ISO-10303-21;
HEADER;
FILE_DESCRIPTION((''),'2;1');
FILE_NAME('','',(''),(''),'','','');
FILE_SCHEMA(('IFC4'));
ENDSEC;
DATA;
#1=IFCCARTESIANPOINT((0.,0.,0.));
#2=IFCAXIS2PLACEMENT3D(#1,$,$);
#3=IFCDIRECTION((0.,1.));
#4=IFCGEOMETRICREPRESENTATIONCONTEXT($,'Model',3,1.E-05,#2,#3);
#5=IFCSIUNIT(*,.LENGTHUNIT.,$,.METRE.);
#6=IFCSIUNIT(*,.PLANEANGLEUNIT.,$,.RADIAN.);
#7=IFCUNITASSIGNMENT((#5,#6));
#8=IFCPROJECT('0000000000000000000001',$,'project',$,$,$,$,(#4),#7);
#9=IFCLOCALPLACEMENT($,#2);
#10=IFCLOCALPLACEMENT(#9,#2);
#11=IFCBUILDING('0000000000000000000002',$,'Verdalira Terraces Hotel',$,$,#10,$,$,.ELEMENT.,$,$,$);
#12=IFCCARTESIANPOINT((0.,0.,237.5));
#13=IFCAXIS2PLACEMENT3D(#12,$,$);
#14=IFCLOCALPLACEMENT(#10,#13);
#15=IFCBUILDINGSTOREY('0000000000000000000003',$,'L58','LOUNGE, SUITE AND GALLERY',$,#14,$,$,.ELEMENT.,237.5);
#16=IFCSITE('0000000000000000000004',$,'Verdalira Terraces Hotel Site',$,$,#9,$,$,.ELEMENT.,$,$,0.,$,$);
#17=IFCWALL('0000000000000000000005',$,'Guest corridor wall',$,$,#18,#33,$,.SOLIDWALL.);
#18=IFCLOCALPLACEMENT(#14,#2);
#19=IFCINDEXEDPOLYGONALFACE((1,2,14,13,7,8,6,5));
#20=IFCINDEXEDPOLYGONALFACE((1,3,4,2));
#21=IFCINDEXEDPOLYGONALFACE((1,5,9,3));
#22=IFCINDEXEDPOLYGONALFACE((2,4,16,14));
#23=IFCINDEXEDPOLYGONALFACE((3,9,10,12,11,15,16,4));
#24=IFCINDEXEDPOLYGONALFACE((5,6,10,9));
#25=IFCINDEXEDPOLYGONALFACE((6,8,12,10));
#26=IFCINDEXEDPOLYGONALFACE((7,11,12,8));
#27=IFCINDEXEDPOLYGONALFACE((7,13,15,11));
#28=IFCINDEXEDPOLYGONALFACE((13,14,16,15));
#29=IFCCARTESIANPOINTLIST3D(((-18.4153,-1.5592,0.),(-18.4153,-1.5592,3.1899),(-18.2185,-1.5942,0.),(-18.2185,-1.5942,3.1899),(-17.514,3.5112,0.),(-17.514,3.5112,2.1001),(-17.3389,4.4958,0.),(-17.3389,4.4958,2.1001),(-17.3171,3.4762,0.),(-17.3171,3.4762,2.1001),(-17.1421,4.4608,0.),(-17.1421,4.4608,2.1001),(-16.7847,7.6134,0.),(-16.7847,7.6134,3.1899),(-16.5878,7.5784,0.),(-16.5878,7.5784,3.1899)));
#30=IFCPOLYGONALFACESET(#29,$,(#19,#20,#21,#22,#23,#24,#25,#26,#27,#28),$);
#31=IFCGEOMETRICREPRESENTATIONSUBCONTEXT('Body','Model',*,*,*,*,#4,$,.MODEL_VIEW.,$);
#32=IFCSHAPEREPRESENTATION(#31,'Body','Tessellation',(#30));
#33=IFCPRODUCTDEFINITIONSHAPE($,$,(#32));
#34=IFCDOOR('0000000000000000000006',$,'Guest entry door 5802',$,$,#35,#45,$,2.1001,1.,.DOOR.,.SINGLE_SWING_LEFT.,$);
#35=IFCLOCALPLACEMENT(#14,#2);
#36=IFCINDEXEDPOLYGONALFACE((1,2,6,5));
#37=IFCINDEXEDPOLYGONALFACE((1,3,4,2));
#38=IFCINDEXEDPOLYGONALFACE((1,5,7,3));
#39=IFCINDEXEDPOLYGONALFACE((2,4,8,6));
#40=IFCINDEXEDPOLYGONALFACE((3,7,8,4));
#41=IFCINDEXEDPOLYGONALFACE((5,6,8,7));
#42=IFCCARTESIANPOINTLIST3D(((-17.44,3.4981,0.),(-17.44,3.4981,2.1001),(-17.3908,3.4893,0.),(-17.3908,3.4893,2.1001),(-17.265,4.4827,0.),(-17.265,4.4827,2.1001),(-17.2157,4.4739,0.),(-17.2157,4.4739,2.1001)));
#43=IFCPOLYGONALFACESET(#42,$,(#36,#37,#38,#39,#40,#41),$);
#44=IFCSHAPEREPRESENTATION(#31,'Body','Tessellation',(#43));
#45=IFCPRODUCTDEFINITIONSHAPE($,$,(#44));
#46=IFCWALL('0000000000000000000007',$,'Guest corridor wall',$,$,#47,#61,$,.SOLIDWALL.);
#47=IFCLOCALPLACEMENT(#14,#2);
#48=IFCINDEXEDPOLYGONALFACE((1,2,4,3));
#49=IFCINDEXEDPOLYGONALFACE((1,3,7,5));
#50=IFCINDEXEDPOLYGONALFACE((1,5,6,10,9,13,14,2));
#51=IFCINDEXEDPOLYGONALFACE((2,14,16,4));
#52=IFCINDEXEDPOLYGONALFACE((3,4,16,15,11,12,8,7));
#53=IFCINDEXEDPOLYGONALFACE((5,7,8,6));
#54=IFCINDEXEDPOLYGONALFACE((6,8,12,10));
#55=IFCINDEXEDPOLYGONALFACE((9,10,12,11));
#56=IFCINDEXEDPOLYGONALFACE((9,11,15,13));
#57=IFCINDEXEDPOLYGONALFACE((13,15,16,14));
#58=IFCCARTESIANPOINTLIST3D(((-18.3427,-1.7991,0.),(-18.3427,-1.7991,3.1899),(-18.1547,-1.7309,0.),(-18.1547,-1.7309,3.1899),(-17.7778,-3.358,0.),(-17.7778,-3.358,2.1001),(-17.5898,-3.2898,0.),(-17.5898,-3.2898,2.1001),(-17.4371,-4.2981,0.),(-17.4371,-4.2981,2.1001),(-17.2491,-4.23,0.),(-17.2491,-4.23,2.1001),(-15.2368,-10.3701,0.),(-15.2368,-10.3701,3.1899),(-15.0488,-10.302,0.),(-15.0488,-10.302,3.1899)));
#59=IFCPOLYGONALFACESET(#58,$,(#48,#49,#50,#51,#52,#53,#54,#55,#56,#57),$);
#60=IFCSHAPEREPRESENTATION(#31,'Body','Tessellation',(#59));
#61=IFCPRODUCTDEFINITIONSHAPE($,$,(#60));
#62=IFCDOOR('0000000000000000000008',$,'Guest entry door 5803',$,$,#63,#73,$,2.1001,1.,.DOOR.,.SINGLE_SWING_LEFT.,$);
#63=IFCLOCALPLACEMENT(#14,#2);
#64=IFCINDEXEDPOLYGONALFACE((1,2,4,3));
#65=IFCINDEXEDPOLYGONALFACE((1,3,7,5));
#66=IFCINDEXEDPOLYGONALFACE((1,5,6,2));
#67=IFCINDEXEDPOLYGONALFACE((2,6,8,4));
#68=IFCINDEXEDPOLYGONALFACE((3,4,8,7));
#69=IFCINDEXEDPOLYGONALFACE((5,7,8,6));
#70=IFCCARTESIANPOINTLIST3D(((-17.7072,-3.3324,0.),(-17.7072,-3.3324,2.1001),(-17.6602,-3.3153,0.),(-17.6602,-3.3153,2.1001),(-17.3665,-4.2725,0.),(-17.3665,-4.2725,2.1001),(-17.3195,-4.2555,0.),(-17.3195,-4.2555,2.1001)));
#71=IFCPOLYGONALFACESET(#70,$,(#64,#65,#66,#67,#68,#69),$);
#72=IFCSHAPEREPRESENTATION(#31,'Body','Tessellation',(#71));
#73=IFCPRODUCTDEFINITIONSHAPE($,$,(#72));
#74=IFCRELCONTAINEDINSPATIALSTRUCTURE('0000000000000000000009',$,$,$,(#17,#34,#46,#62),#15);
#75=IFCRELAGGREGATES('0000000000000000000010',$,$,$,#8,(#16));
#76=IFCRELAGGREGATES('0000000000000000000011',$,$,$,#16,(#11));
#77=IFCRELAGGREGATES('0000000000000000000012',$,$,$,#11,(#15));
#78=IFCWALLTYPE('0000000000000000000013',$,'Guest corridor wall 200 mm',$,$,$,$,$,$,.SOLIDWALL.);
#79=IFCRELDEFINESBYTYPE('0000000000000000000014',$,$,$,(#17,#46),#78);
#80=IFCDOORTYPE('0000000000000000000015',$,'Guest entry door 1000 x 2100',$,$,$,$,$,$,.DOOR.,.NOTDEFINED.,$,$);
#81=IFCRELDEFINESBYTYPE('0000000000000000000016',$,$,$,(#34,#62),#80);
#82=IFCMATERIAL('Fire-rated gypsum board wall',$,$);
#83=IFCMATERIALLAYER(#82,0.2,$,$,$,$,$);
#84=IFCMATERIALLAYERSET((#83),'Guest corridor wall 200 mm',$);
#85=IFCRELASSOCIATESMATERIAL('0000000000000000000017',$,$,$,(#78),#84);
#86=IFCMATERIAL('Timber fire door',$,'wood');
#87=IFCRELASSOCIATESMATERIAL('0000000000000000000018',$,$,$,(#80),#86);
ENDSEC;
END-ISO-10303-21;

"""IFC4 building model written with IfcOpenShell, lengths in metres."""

from ifc_helpers import new_model, si_unit, direction, frame, frame_2d, origin, place, context, subcontext, project, spatial, rectangle, extrude, material, layer, layer_set, type_object, element, fill, save


model = new_model("IFC4")

# Units and contexts
model_context = context("Model", 3, precision=1e-05, world=origin(), true_north=direction((0.0, 1.0)))
body_context = subcontext(model_context, "Body", "Model", "MODEL_VIEW")
ifc_project = project(units=[si_unit("LENGTHUNIT", "METRE"), si_unit("PLANEANGLEUNIT", "RADIAN")], contexts=[model_context])

# Site, building, storey
site_placement = place(None, origin())
site = spatial("IfcSite", under=ifc_project, at=site_placement, Name="Verdalira Terraces Hotel Site", CompositionType="ELEMENT", RefElevation=0.0)
building_placement = place(site_placement, origin())
building = spatial("IfcBuilding", under=site, at=building_placement, Name="Verdalira Terraces Hotel", CompositionType="ELEMENT")
storey_placement = place(building_placement, frame((0.0, 0.0, 237.5)))
storey = spatial("IfcBuildingStorey", under=building, at=storey_placement, Name="L58", Description="LOUNGE, SUITE AND GALLERY", CompositionType="ELEMENT", Elevation=237.5)

# Walls, openings, doors
ifc_material_1 = material(Name="Fire-rated gypsum board wall")
ifc_layer_1 = layer(ifc_material_1, 0.2)
ifc_layer_set_1 = layer_set([ifc_layer_1], Name="Guest corridor wall 200 mm")
wall_type_1 = type_object("IfcWallType", Name="Guest corridor wall 200 mm", PredefinedType="SOLIDWALL", material=ifc_layer_set_1)
wall_1_placement = place(storey_placement, frame((-18.3169, -1.5767, 0.0), z_axis=(0.0, 0.0, 1.0), x_axis=(0.175026, 0.984564, 0.0)))
wall_1 = element("IfcWall", 1, at=wall_1_placement, inside=storey, type_object=wall_type_1, Name="Guest corridor wall", PredefinedType="SOLIDWALL", context=body_context, shape_type="SweptSolid", body=[
    extrude(rectangle(XDim=9.3164, YDim=0.2, at=frame_2d((4.6582, 0.0))), origin(), (0.0, 0.0, 1.0), 3.1899),
])
opening_1_placement = place(wall_1_placement, frame((5.1499, 0.0, 0.0)))
opening_1 = element("IfcOpeningElement", 2, at=opening_1_placement, cuts=wall_1, PredefinedType="OPENING", context=body_context, shape_type="SweptSolid", body=[
    extrude(rectangle(XDim=1.0, YDim=2.1001, at=frame_2d((0.5, 1.05))), frame((0.0, 0.1099, 0.0), z_axis=(0.0, -1.0, 0.0), x_axis=(1.0, 0.0, 0.0)), (0.0, 0.0, 1.0), 0.22),
])
ifc_material_2 = material(Name="Timber fire door", Category="wood")
door_type_1 = type_object("IfcDoorType", Name="Guest entry door 1000 x 2100", OperationType="NOTDEFINED", PredefinedType="DOOR", material=ifc_material_2)
door_1_placement = place(opening_1_placement, origin())
door_1 = element("IfcDoor", 3, at=door_1_placement, inside=storey, type_object=door_type_1, Name="Guest entry door 5802", OperationType="SINGLE_SWING_LEFT", OverallHeight=2.1001, OverallWidth=1.0, PredefinedType="DOOR", context=body_context, shape_type="SweptSolid", body=[
    extrude(rectangle(XDim=1.0, YDim=2.1001, at=frame_2d((0.5, 1.05))), frame((0.0, 0.0249, 0.0), z_axis=(0.0, -1.0, 0.0), x_axis=(1.0, 0.0, 0.0)), (0.0, 0.0, 1.0), 0.05),
])
fill(opening_1, door_1)
wall_2_placement = place(storey_placement, frame((-15.1428, -10.3359, 0.0), z_axis=(0.0, 0.0, 1.0), x_axis=(-0.340698, 0.940173, 0.0)))
wall_2 = element("IfcWall", 4, at=wall_2_placement, inside=storey, type_object=wall_type_1, Name="Guest corridor wall", PredefinedType="SOLIDWALL", context=body_context, shape_type="SweptSolid", body=[
    extrude(rectangle(XDim=9.1165, YDim=0.2, at=frame_2d((4.5581, 0.0))), origin(), (0.0, 0.0, 1.0), 3.1899),
])
opening_2_placement = place(wall_2_placement, frame((6.4583, 0.0, 0.0)))
opening_2 = element("IfcOpeningElement", 5, at=opening_2_placement, cuts=wall_2, PredefinedType="OPENING", context=body_context, shape_type="SweptSolid", body=[
    extrude(rectangle(XDim=1.0, YDim=2.1001, at=frame_2d((0.5, 1.05))), frame((0.0, 0.1099, 0.0), z_axis=(0.0, -1.0, 0.0), x_axis=(1.0, 0.0, 0.0)), (0.0, 0.0, 1.0), 0.22),
])
door_2_placement = place(opening_2_placement, origin())
door_2 = element("IfcDoor", 6, at=door_2_placement, inside=storey, type_object=door_type_1, Name="Guest entry door 5803", OperationType="SINGLE_SWING_LEFT", OverallHeight=2.1001, OverallWidth=1.0, PredefinedType="DOOR", context=body_context, shape_type="SweptSolid", body=[
    extrude(rectangle(XDim=1.0, YDim=2.1001, at=frame_2d((0.5, 1.05))), frame((0.0, 0.0249, 0.0), z_axis=(0.0, -1.0, 0.0), x_axis=(1.0, 0.0, 0.0)), (0.0, 0.0, 1.0), 0.05),
])
fill(opening_2, door_2)

save(model, "model.ifc")
